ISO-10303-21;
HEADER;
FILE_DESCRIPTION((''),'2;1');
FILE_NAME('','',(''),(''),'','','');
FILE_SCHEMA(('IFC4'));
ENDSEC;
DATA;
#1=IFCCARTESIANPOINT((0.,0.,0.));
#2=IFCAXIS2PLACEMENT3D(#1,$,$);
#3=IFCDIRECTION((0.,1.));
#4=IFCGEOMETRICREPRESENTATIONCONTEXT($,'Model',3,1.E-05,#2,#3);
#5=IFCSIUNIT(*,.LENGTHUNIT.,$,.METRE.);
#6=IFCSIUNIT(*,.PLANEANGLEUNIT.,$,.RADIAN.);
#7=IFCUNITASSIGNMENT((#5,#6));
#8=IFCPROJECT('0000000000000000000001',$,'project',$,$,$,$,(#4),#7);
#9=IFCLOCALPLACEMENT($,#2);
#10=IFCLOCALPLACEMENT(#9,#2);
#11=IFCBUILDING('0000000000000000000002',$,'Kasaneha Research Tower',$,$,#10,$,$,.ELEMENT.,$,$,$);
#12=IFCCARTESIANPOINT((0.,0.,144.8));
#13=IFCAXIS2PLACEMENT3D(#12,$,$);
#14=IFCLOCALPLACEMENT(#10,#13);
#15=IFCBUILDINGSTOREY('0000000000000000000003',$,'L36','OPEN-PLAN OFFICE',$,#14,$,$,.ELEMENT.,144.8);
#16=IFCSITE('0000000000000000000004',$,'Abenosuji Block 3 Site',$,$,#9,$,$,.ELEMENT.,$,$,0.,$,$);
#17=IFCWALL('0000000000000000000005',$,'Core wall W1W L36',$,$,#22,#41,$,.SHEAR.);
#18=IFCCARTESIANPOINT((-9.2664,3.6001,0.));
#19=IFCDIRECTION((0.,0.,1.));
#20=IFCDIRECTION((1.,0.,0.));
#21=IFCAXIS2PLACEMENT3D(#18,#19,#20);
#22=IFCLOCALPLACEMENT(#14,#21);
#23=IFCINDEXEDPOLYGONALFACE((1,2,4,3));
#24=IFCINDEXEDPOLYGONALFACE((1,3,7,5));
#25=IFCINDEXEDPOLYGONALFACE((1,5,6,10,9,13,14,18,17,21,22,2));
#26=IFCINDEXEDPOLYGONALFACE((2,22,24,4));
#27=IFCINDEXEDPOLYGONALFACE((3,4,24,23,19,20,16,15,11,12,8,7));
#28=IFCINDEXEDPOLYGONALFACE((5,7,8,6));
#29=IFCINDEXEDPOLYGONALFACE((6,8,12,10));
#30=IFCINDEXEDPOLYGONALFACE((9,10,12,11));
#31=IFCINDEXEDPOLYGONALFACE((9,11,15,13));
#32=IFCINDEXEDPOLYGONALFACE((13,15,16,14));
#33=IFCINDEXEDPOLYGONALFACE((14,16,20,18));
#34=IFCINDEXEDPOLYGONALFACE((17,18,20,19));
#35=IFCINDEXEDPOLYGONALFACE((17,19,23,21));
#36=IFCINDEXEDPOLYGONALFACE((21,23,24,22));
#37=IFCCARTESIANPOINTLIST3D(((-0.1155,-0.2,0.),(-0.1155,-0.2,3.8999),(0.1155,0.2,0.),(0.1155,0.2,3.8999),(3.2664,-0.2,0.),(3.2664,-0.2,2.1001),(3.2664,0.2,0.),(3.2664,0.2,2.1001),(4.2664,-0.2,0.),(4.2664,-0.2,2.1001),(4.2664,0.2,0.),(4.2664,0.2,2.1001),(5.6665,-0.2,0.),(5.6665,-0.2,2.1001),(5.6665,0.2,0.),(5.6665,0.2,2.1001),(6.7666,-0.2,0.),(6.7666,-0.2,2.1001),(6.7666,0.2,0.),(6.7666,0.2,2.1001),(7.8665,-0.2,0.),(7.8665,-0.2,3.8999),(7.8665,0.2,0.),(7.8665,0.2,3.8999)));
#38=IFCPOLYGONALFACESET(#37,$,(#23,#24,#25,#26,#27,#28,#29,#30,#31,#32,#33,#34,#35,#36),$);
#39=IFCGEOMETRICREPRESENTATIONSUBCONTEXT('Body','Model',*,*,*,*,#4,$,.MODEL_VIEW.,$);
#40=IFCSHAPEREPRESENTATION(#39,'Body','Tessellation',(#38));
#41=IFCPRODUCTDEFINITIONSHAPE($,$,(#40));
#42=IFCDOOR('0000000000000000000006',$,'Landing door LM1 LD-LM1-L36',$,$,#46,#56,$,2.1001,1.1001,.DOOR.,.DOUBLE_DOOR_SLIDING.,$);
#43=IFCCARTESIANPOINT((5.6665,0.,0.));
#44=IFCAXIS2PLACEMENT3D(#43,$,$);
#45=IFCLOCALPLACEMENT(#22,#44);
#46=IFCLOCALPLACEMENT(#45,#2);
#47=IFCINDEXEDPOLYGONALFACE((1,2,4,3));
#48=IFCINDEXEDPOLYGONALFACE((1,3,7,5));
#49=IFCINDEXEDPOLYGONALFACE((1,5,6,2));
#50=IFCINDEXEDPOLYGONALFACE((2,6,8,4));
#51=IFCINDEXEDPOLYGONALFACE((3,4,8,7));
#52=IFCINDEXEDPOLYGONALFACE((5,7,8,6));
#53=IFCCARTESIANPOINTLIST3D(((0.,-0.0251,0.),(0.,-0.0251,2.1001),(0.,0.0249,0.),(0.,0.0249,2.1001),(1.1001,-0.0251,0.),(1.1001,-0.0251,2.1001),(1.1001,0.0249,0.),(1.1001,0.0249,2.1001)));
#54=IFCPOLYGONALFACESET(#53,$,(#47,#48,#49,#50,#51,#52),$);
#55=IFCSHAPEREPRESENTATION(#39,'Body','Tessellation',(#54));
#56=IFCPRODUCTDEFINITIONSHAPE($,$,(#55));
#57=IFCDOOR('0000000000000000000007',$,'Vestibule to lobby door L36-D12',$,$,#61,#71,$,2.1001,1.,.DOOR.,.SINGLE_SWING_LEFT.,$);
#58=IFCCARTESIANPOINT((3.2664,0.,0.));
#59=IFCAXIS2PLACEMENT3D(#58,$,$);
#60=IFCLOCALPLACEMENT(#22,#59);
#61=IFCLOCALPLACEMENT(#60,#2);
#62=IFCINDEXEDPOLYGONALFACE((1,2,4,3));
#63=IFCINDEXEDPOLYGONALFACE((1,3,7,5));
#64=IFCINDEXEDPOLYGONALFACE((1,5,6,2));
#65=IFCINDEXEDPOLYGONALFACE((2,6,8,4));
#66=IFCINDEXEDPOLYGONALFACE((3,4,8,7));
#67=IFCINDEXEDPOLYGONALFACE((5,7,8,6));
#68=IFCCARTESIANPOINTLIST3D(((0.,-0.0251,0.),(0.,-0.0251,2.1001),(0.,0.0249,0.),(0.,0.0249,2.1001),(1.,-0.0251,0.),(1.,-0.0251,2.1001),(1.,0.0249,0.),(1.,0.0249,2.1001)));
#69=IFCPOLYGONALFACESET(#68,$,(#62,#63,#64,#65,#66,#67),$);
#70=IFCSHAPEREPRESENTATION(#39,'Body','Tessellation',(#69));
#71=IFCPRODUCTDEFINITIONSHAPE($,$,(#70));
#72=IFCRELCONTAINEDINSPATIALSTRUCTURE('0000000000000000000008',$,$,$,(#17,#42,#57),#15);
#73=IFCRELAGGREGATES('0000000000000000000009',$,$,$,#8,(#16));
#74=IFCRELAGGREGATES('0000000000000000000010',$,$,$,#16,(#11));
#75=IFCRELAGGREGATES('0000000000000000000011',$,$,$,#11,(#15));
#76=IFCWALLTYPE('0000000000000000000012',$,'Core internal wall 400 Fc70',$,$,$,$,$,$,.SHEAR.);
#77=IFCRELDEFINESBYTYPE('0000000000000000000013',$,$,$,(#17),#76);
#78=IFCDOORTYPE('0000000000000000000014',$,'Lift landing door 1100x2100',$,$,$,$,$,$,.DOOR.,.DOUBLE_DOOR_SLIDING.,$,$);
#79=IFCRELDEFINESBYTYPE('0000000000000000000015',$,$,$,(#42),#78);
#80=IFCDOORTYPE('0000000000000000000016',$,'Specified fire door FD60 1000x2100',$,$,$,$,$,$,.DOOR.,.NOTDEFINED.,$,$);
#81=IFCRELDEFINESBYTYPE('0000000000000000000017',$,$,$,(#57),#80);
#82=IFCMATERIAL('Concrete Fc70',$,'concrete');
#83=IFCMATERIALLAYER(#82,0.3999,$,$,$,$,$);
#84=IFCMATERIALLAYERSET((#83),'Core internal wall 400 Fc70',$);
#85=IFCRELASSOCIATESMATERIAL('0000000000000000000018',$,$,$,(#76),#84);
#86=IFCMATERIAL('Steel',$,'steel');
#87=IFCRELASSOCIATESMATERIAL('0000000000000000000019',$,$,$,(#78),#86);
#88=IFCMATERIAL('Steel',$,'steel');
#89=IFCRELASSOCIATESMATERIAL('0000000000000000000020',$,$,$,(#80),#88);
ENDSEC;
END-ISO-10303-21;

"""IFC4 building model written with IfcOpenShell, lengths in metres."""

from ifc_helpers import new_model, si_unit, direction, frame, frame_2d, origin, place, context, subcontext, project, spatial, polyline, rectangle, outline, extrude, material, layer, layer_set, type_object, element, fill, save


model = new_model("IFC4")

# Units and contexts
model_context = context("Model", 3, precision=1e-05, world=origin(), true_north=direction((0.0, 1.0)))
body_context = subcontext(model_context, "Body", "Model", "MODEL_VIEW")
ifc_project = project(units=[si_unit("LENGTHUNIT", "METRE"), si_unit("PLANEANGLEUNIT", "RADIAN")], contexts=[model_context])

# Site, building, storey
site_placement = place(None, origin())
site = spatial("IfcSite", under=ifc_project, at=site_placement, Name="Abenosuji Block 3 Site", CompositionType="ELEMENT", RefElevation=0.0)
building_placement = place(site_placement, origin())
building = spatial("IfcBuilding", under=site, at=building_placement, Name="Kasaneha Research Tower", CompositionType="ELEMENT")
storey_placement = place(building_placement, frame((0.0, 0.0, 144.8)))
storey = spatial("IfcBuildingStorey", under=building, at=storey_placement, Name="L36", Description="OPEN-PLAN OFFICE", CompositionType="ELEMENT", Elevation=144.8)

# Wall, openings, doors
ifc_material_1 = material(Name="Concrete Fc70", Category="concrete")
ifc_layer_1 = layer(ifc_material_1, 0.3999)
ifc_layer_set_1 = layer_set([ifc_layer_1], Name="Core internal wall 400 Fc70")
wall_type_1 = type_object("IfcWallType", Name="Core internal wall 400 Fc70", PredefinedType="SHEAR", material=ifc_layer_set_1)
wall_1_placement = place(storey_placement, frame((-9.2664, 3.6001, 0.0), z_axis=(0.0, 0.0, 1.0), x_axis=(1.0, 0.0, 0.0)))
wall_1 = element("IfcWall", 1, at=wall_1_placement, inside=storey, type_object=wall_type_1, Name="Core wall W1W L36", PredefinedType="SHEAR", context=body_context, shape_type="SweptSolid", body=[
    extrude(outline(polyline([(-0.1155, -0.2), (3.2664, -0.2), (4.2664, -0.2), (5.6665, -0.2), (6.7666, -0.2), (7.8665, -0.2), (7.8665, 0.2), (6.7666, 0.2), (5.6665, 0.2), (4.2664, 0.2), (3.2664, 0.2), (0.1155, 0.2), (-0.1155, -0.2)])), origin(), (0.0, 0.0, 1.0), 3.8999),
])
opening_1_placement = place(wall_1_placement, frame((3.2664, 0.0, 0.0)))
opening_1 = element("IfcOpeningElement", 2, at=opening_1_placement, cuts=wall_1, PredefinedType="OPENING", context=body_context, shape_type="SweptSolid", body=[
    extrude(rectangle(XDim=1.0, YDim=2.1001, at=frame_2d((0.5, 1.05))), frame((0.0, 0.21, 0.0), z_axis=(0.0, -1.0, 0.0), x_axis=(1.0, 0.0, 0.0)), (0.0, 0.0, 1.0), 0.4199),
])
opening_2_placement = place(wall_1_placement, frame((5.6665, 0.0, 0.0)))
opening_2 = element("IfcOpeningElement", 3, at=opening_2_placement, cuts=wall_1, PredefinedType="OPENING", context=body_context, shape_type="SweptSolid", body=[
    extrude(rectangle(XDim=1.1001, YDim=2.1001, at=frame_2d((0.55, 1.05))), frame((0.0, 0.21, 0.0), z_axis=(0.0, -1.0, 0.0), x_axis=(1.0, 0.0, 0.0)), (0.0, 0.0, 1.0), 0.4199),
])
ifc_material_2 = material(Name="Steel", Category="steel")
door_type_1 = type_object("IfcDoorType", Name="Lift landing door 1100x2100", OperationType="DOUBLE_DOOR_SLIDING", PredefinedType="DOOR", material=ifc_material_2)
door_1_placement = place(opening_2_placement, origin())
door_1 = element("IfcDoor", 4, at=door_1_placement, inside=storey, type_object=door_type_1, Name="Landing door LM1 LD-LM1-L36", OperationType="DOUBLE_DOOR_SLIDING", OverallHeight=2.1001, OverallWidth=1.1001, PredefinedType="DOOR", context=body_context, shape_type="SweptSolid", body=[
    extrude(rectangle(XDim=1.1001, YDim=2.1001, at=frame_2d((0.55, 1.05))), frame((0.0, 0.0249, 0.0), z_axis=(0.0, -1.0, 0.0), x_axis=(1.0, 0.0, 0.0)), (0.0, 0.0, 1.0), 0.05),
])
fill(opening_2, door_1)
ifc_material_3 = material(Name="Steel", Category="steel")
door_type_2 = type_object("IfcDoorType", Name="Specified fire door FD60 1000x2100", OperationType="NOTDEFINED", PredefinedType="DOOR", material=ifc_material_3)
door_2_placement = place(opening_1_placement, origin())
door_2 = element("IfcDoor", 5, at=door_2_placement, inside=storey, type_object=door_type_2, Name="Vestibule to lobby door L36-D12", OperationType="SINGLE_SWING_LEFT", OverallHeight=2.1001, OverallWidth=1.0, PredefinedType="DOOR", context=body_context, shape_type="SweptSolid", body=[
    extrude(rectangle(XDim=1.0, YDim=2.1001, at=frame_2d((0.5, 1.05))), frame((0.0, 0.0249, 0.0), z_axis=(0.0, -1.0, 0.0), x_axis=(1.0, 0.0, 0.0)), (0.0, 0.0, 1.0), 0.05),
])
fill(opening_1, door_2)

save(model, "model.ifc")
